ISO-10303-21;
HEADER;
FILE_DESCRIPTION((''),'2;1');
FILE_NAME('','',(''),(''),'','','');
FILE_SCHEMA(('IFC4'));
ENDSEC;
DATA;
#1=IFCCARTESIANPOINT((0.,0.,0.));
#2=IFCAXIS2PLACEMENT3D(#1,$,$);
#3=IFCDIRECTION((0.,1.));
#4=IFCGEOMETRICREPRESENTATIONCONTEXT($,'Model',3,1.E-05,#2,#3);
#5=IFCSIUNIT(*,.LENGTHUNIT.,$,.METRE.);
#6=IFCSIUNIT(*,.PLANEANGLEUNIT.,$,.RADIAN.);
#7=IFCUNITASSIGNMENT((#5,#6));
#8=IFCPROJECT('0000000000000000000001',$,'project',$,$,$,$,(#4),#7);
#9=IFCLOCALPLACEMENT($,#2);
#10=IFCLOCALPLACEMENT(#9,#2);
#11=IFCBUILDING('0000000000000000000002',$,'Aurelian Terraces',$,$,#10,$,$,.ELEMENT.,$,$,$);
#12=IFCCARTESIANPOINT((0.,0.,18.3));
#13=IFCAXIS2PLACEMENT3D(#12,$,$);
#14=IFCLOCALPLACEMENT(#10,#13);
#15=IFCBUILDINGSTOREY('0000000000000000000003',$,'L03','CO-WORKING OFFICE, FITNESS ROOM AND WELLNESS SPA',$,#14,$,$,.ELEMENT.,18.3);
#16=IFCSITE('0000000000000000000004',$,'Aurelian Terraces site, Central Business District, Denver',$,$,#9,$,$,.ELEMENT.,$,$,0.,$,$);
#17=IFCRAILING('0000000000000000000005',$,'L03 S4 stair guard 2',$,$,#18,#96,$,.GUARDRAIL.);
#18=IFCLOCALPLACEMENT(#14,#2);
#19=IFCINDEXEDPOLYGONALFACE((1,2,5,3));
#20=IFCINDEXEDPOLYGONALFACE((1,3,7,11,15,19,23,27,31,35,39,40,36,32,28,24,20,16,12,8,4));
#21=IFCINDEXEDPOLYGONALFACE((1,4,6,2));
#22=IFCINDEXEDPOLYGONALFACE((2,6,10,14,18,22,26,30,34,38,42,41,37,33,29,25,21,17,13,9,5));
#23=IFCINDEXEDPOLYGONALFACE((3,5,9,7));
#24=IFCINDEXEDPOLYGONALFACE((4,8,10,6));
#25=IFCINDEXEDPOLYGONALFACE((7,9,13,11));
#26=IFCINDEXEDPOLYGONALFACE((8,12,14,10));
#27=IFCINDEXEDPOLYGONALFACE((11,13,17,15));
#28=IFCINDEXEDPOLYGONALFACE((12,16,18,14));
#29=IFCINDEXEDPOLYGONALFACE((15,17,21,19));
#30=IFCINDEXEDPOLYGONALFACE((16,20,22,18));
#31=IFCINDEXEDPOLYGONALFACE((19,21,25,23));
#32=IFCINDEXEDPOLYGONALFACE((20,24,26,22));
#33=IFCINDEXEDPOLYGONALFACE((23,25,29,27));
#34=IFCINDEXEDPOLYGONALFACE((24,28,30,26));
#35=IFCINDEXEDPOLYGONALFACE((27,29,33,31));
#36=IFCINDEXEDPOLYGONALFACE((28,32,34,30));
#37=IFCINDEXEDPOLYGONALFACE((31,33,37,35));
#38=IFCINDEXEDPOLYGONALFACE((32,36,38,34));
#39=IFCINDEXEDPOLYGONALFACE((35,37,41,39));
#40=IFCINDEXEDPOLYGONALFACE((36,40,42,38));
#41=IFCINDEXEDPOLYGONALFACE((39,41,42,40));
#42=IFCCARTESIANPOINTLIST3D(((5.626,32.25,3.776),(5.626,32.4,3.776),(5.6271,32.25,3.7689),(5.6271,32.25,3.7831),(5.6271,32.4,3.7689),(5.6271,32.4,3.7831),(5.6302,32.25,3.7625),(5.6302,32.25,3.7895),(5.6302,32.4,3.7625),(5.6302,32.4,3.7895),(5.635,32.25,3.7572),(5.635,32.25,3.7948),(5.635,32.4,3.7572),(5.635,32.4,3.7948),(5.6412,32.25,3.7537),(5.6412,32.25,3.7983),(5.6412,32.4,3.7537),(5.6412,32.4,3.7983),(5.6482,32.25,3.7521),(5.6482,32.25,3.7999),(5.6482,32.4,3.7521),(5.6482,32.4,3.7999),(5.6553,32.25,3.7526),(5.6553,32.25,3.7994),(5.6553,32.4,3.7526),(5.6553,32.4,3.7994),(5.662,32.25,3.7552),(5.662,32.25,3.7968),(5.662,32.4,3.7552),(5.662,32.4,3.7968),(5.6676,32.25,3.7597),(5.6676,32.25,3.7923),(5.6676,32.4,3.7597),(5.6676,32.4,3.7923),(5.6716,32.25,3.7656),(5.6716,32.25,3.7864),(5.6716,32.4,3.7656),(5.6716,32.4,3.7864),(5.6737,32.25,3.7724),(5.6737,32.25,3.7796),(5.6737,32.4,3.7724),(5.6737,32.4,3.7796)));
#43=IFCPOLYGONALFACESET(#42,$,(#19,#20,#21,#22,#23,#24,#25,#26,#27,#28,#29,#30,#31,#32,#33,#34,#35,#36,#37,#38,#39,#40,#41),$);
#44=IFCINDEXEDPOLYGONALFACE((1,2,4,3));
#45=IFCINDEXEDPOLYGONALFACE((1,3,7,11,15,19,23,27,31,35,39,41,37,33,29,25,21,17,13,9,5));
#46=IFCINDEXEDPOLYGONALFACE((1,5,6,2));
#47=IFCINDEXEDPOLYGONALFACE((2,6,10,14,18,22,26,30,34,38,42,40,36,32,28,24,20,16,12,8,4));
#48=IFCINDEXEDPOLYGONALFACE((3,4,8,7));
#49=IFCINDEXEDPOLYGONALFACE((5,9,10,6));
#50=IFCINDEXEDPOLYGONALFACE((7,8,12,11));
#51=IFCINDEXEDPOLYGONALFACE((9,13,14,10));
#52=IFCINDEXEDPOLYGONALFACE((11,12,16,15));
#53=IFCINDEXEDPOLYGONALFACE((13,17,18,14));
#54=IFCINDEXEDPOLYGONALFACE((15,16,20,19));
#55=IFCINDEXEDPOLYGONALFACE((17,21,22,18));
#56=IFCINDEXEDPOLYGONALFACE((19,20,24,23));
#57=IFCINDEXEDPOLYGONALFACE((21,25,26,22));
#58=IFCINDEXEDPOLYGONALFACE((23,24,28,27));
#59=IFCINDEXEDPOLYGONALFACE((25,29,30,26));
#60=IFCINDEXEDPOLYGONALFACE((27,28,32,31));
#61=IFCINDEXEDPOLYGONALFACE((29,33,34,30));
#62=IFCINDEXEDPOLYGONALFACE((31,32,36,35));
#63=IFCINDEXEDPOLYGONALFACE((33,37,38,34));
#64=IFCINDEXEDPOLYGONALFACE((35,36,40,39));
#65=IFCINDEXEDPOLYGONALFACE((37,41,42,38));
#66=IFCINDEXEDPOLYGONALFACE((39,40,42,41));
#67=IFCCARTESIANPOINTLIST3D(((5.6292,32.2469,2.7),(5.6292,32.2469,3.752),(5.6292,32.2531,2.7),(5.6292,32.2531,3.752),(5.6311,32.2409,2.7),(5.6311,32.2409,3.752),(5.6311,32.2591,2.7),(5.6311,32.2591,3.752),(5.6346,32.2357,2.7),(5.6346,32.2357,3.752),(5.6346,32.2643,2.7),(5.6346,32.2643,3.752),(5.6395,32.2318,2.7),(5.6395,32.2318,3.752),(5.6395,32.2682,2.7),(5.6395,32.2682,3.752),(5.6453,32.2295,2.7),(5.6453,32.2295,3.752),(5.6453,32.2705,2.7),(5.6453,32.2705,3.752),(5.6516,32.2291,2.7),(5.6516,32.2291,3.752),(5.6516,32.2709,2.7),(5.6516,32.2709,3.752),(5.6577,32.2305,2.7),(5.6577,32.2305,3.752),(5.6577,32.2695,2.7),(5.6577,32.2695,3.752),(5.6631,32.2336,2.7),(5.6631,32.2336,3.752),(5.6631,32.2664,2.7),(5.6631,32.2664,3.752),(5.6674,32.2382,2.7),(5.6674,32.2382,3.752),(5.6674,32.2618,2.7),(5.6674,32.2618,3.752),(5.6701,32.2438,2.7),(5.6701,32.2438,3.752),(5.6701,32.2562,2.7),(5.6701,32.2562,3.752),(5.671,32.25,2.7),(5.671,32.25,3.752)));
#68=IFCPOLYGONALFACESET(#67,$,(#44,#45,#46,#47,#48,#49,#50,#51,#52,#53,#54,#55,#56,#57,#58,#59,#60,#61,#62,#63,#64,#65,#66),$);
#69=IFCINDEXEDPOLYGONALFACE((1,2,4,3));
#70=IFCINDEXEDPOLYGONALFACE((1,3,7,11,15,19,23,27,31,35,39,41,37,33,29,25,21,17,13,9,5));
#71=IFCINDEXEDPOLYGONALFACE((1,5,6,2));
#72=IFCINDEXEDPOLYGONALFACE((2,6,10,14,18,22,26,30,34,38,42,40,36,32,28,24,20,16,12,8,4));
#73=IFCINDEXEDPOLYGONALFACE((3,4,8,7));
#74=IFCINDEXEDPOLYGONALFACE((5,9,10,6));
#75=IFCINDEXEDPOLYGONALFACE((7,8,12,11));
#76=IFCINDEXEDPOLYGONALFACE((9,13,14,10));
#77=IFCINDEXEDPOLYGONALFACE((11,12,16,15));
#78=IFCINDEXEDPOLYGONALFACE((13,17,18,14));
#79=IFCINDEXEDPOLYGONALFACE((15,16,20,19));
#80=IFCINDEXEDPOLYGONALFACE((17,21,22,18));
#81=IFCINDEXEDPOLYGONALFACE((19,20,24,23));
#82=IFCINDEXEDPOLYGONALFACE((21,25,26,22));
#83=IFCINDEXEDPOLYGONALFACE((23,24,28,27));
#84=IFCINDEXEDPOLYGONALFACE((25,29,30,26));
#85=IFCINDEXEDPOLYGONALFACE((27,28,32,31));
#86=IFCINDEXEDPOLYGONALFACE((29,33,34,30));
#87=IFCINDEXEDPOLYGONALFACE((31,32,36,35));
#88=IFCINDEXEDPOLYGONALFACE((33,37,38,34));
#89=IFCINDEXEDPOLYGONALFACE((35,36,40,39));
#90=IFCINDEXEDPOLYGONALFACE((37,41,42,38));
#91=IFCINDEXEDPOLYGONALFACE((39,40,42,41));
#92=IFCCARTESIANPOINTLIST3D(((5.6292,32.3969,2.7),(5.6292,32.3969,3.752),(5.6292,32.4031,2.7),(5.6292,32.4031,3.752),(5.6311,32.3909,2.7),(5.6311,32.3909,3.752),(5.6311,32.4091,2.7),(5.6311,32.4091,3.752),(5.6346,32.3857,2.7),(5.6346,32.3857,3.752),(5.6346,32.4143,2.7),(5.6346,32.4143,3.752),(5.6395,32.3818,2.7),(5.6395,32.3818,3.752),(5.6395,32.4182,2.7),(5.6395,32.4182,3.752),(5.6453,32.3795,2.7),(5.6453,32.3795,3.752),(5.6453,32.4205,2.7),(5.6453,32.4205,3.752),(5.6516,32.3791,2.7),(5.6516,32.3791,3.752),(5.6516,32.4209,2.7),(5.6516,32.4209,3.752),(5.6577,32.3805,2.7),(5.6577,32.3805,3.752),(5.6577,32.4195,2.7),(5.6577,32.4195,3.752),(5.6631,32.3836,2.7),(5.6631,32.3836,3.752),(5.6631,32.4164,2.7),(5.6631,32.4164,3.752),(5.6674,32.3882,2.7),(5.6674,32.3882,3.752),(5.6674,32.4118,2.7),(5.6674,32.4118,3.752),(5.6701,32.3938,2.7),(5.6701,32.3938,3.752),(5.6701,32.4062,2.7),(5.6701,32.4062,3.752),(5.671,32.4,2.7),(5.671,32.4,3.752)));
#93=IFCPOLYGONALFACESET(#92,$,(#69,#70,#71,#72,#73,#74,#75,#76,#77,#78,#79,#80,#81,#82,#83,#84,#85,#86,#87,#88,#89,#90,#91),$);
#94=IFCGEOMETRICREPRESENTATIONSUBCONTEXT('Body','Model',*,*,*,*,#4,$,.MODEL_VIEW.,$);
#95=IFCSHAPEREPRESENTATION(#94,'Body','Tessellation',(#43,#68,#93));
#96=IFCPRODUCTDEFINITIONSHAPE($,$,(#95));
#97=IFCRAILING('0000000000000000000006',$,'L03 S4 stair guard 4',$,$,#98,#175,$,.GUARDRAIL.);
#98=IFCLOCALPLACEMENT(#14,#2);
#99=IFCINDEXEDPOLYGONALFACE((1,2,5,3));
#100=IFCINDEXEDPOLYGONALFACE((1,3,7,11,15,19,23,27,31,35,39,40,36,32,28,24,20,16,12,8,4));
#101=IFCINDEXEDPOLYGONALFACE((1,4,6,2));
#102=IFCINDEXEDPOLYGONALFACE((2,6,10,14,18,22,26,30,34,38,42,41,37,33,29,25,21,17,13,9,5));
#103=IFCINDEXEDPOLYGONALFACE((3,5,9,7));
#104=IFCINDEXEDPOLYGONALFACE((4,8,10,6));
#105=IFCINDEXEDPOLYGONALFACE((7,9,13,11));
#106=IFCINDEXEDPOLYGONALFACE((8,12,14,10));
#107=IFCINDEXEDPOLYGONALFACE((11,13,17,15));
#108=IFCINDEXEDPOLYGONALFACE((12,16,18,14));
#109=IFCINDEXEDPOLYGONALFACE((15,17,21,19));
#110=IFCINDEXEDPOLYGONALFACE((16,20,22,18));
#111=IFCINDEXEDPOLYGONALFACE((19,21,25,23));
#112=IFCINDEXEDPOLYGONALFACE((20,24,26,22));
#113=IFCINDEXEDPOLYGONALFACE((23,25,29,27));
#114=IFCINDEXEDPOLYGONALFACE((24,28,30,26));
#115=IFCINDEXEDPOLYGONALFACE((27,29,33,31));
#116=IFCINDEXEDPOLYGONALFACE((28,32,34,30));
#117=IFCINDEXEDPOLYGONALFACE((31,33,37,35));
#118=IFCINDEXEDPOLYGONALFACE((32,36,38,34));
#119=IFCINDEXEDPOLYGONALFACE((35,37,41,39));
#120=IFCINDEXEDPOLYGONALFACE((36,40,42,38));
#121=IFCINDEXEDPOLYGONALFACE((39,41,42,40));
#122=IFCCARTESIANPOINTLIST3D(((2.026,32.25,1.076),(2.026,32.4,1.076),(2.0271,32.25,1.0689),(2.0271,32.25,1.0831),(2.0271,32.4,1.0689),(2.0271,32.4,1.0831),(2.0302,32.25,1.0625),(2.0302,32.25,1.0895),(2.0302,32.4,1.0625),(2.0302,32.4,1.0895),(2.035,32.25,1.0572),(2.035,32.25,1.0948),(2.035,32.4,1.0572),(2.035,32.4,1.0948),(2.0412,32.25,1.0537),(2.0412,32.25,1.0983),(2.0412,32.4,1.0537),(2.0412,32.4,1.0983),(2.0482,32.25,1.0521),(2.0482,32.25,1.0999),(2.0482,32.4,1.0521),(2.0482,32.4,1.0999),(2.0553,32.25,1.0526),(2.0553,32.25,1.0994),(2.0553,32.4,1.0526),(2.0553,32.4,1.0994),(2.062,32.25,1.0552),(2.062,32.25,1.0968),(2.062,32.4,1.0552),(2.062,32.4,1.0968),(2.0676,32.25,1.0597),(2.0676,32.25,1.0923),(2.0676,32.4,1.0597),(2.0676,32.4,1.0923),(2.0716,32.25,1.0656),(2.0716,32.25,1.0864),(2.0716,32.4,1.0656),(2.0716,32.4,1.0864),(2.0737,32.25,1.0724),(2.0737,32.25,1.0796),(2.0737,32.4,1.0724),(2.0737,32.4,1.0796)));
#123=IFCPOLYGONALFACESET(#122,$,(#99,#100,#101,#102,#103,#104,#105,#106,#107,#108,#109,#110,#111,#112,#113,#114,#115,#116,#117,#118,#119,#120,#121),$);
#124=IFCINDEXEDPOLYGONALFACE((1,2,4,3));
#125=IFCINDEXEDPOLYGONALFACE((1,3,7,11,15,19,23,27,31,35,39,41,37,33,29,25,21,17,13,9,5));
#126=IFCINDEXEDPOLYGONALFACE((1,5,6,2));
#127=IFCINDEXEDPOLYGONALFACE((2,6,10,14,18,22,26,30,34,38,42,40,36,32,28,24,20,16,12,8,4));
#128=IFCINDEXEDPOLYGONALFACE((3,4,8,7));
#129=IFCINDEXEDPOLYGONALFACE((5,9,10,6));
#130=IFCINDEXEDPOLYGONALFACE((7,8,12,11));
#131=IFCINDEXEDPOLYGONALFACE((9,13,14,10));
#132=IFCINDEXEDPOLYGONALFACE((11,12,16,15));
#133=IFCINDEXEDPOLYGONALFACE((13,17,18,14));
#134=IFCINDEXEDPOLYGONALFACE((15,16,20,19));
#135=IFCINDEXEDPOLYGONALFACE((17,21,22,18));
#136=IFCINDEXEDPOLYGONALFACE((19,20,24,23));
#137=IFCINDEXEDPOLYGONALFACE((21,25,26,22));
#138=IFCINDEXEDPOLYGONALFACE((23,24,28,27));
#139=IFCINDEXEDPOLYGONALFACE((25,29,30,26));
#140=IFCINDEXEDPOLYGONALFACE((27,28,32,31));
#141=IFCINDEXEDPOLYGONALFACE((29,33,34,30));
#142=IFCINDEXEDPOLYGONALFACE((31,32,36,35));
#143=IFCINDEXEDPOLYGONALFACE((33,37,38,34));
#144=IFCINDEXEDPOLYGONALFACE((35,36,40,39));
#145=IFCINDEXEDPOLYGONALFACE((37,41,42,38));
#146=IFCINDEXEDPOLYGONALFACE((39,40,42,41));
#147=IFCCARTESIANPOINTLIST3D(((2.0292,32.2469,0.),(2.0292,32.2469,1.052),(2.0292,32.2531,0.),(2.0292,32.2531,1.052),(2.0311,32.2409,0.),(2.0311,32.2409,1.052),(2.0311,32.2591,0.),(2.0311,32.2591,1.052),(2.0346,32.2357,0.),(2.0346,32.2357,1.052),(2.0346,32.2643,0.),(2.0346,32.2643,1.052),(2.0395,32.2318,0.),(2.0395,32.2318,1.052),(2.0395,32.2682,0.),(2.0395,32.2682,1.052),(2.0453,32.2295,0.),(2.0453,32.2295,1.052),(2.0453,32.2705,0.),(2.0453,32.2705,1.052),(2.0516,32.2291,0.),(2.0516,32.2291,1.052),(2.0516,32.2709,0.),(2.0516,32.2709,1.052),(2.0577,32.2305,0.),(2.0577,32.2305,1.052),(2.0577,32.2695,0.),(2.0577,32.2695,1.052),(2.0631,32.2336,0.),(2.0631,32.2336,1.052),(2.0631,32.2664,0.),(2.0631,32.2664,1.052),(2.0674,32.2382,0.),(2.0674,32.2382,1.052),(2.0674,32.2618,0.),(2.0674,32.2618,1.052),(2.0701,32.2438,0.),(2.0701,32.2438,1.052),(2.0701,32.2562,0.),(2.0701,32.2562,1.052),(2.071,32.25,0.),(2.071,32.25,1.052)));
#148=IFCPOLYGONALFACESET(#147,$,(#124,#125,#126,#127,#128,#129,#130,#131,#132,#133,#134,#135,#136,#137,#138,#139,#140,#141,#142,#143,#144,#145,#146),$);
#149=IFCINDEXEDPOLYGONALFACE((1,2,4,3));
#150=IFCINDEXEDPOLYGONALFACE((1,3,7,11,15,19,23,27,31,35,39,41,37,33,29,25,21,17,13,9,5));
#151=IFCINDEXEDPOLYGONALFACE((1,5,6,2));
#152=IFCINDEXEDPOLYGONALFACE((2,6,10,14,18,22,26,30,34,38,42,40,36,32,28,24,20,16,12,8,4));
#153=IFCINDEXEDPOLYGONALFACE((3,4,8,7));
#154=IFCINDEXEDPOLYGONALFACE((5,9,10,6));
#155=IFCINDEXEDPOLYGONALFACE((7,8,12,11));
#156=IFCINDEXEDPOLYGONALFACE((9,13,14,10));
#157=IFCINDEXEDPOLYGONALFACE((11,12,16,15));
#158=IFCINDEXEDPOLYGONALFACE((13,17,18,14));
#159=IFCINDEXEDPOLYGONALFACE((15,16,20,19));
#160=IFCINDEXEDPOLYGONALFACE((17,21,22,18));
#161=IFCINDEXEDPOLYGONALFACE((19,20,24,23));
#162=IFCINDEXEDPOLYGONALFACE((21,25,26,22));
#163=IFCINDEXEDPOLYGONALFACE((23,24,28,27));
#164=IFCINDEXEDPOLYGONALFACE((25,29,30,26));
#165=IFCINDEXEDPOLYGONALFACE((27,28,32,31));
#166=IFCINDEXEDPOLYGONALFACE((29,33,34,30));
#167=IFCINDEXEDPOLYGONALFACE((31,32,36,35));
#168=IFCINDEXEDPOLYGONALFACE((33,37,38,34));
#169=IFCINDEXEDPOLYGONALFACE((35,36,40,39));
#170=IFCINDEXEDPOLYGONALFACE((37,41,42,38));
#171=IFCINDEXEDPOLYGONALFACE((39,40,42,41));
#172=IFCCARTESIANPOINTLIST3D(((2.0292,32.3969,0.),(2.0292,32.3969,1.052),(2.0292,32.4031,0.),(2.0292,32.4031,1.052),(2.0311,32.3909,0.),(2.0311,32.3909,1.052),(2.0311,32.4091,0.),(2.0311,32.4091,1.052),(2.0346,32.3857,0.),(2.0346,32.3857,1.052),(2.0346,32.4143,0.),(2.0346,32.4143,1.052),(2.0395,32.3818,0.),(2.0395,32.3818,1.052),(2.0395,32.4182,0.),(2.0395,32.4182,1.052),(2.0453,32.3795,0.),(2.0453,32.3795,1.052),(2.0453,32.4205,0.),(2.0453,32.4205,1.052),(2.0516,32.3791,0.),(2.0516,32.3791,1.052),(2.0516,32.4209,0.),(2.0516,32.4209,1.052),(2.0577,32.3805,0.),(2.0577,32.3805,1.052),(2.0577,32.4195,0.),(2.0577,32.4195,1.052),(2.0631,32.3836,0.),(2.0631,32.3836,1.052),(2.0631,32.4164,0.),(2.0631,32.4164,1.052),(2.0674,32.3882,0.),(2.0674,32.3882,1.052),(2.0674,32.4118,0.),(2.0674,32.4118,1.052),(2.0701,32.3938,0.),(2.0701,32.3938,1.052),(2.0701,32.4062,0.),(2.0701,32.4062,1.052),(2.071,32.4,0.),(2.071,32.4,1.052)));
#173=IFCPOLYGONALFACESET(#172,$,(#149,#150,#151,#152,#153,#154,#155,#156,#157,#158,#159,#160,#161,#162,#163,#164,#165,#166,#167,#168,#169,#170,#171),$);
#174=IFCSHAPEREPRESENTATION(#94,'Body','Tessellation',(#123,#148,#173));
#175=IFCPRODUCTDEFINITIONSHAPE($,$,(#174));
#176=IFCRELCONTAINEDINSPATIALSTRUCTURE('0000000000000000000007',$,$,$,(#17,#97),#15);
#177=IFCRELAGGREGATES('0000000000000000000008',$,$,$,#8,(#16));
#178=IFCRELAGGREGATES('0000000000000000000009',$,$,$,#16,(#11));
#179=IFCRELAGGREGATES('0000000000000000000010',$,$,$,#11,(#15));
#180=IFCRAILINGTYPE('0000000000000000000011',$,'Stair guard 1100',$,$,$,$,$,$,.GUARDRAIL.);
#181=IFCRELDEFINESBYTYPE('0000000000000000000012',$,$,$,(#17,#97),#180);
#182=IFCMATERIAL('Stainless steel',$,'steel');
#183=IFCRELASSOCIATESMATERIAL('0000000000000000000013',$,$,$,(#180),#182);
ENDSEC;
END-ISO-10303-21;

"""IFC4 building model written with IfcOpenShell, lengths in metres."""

from ifc_helpers import new_model, si_unit, direction, frame, origin, origin_2d, place, context, subcontext, project, spatial, circle, extrude, source, transform, mapped, material, type_object, element, save


model = new_model("IFC4")

# Units and contexts
model_context = context("Model", 3, precision=1e-05, world=origin(), true_north=direction((0.0, 1.0)))
body_context = subcontext(model_context, "Body", "Model", "MODEL_VIEW")
ifc_project = project(units=[si_unit("LENGTHUNIT", "METRE"), si_unit("PLANEANGLEUNIT", "RADIAN")], contexts=[model_context])

# Site, building, storey
site_placement = place(None, origin())
site = spatial("IfcSite", under=ifc_project, at=site_placement, Name="Aurelian Terraces site, Central Business District, Denver", CompositionType="ELEMENT", RefElevation=0.0)
building_placement = place(site_placement, origin())
building = spatial("IfcBuilding", under=site, at=building_placement, Name="Aurelian Terraces", CompositionType="ELEMENT")
storey_placement = place(building_placement, frame((0.0, 0.0, 18.3)))
storey = spatial("IfcBuildingStorey", under=building, at=storey_placement, Name="L03", Description="CO-WORKING OFFICE, FITNESS ROOM AND WELLNESS SPA", CompositionType="ELEMENT", Elevation=18.3)

# Railings
ifc_material_1 = material(Name="Stainless steel", Category="steel")
railing_type_1 = type_object("IfcRailingType", Name="Stair guard 1100", PredefinedType="GUARDRAIL", material=ifc_material_1)
shared_shape_1 = source(origin(), body_context, "Body", "SweptSolid", [
    extrude(circle(Radius=0.024, at=origin_2d()), frame((0.0, 0.0, 1.076), z_axis=(0.0, 1.0, 0.0), x_axis=(-1.0, 0.0, 0.0)), (0.0, 0.0, 1.0), 0.15),
    extrude(circle(Radius=0.021, at=origin_2d()), origin(), (0.0, 0.0, 1.0), 1.052),
    extrude(circle(Radius=0.021, at=origin_2d()), frame((0.0, 0.15, 0.0)), (0.0, 0.0, 1.0), 1.052),
])
for number, where, name in (
    (1, (5.65, 32.25, 2.7), "L03 S4 stair guard 2"),
    (2, (2.05, 32.25, 0.0), "L03 S4 stair guard 4"),
):
    element("IfcRailing", number, at=place(storey_placement, frame(where)), inside=storey, type_object=railing_type_1, Name=name, PredefinedType="GUARDRAIL", context=body_context, shape_type="MappedRepresentation", body=[
        mapped(shared_shape_1, transform((0.0, 0.0, 0.0), scale=1.0)),
    ])

save(model, "model.ifc")
